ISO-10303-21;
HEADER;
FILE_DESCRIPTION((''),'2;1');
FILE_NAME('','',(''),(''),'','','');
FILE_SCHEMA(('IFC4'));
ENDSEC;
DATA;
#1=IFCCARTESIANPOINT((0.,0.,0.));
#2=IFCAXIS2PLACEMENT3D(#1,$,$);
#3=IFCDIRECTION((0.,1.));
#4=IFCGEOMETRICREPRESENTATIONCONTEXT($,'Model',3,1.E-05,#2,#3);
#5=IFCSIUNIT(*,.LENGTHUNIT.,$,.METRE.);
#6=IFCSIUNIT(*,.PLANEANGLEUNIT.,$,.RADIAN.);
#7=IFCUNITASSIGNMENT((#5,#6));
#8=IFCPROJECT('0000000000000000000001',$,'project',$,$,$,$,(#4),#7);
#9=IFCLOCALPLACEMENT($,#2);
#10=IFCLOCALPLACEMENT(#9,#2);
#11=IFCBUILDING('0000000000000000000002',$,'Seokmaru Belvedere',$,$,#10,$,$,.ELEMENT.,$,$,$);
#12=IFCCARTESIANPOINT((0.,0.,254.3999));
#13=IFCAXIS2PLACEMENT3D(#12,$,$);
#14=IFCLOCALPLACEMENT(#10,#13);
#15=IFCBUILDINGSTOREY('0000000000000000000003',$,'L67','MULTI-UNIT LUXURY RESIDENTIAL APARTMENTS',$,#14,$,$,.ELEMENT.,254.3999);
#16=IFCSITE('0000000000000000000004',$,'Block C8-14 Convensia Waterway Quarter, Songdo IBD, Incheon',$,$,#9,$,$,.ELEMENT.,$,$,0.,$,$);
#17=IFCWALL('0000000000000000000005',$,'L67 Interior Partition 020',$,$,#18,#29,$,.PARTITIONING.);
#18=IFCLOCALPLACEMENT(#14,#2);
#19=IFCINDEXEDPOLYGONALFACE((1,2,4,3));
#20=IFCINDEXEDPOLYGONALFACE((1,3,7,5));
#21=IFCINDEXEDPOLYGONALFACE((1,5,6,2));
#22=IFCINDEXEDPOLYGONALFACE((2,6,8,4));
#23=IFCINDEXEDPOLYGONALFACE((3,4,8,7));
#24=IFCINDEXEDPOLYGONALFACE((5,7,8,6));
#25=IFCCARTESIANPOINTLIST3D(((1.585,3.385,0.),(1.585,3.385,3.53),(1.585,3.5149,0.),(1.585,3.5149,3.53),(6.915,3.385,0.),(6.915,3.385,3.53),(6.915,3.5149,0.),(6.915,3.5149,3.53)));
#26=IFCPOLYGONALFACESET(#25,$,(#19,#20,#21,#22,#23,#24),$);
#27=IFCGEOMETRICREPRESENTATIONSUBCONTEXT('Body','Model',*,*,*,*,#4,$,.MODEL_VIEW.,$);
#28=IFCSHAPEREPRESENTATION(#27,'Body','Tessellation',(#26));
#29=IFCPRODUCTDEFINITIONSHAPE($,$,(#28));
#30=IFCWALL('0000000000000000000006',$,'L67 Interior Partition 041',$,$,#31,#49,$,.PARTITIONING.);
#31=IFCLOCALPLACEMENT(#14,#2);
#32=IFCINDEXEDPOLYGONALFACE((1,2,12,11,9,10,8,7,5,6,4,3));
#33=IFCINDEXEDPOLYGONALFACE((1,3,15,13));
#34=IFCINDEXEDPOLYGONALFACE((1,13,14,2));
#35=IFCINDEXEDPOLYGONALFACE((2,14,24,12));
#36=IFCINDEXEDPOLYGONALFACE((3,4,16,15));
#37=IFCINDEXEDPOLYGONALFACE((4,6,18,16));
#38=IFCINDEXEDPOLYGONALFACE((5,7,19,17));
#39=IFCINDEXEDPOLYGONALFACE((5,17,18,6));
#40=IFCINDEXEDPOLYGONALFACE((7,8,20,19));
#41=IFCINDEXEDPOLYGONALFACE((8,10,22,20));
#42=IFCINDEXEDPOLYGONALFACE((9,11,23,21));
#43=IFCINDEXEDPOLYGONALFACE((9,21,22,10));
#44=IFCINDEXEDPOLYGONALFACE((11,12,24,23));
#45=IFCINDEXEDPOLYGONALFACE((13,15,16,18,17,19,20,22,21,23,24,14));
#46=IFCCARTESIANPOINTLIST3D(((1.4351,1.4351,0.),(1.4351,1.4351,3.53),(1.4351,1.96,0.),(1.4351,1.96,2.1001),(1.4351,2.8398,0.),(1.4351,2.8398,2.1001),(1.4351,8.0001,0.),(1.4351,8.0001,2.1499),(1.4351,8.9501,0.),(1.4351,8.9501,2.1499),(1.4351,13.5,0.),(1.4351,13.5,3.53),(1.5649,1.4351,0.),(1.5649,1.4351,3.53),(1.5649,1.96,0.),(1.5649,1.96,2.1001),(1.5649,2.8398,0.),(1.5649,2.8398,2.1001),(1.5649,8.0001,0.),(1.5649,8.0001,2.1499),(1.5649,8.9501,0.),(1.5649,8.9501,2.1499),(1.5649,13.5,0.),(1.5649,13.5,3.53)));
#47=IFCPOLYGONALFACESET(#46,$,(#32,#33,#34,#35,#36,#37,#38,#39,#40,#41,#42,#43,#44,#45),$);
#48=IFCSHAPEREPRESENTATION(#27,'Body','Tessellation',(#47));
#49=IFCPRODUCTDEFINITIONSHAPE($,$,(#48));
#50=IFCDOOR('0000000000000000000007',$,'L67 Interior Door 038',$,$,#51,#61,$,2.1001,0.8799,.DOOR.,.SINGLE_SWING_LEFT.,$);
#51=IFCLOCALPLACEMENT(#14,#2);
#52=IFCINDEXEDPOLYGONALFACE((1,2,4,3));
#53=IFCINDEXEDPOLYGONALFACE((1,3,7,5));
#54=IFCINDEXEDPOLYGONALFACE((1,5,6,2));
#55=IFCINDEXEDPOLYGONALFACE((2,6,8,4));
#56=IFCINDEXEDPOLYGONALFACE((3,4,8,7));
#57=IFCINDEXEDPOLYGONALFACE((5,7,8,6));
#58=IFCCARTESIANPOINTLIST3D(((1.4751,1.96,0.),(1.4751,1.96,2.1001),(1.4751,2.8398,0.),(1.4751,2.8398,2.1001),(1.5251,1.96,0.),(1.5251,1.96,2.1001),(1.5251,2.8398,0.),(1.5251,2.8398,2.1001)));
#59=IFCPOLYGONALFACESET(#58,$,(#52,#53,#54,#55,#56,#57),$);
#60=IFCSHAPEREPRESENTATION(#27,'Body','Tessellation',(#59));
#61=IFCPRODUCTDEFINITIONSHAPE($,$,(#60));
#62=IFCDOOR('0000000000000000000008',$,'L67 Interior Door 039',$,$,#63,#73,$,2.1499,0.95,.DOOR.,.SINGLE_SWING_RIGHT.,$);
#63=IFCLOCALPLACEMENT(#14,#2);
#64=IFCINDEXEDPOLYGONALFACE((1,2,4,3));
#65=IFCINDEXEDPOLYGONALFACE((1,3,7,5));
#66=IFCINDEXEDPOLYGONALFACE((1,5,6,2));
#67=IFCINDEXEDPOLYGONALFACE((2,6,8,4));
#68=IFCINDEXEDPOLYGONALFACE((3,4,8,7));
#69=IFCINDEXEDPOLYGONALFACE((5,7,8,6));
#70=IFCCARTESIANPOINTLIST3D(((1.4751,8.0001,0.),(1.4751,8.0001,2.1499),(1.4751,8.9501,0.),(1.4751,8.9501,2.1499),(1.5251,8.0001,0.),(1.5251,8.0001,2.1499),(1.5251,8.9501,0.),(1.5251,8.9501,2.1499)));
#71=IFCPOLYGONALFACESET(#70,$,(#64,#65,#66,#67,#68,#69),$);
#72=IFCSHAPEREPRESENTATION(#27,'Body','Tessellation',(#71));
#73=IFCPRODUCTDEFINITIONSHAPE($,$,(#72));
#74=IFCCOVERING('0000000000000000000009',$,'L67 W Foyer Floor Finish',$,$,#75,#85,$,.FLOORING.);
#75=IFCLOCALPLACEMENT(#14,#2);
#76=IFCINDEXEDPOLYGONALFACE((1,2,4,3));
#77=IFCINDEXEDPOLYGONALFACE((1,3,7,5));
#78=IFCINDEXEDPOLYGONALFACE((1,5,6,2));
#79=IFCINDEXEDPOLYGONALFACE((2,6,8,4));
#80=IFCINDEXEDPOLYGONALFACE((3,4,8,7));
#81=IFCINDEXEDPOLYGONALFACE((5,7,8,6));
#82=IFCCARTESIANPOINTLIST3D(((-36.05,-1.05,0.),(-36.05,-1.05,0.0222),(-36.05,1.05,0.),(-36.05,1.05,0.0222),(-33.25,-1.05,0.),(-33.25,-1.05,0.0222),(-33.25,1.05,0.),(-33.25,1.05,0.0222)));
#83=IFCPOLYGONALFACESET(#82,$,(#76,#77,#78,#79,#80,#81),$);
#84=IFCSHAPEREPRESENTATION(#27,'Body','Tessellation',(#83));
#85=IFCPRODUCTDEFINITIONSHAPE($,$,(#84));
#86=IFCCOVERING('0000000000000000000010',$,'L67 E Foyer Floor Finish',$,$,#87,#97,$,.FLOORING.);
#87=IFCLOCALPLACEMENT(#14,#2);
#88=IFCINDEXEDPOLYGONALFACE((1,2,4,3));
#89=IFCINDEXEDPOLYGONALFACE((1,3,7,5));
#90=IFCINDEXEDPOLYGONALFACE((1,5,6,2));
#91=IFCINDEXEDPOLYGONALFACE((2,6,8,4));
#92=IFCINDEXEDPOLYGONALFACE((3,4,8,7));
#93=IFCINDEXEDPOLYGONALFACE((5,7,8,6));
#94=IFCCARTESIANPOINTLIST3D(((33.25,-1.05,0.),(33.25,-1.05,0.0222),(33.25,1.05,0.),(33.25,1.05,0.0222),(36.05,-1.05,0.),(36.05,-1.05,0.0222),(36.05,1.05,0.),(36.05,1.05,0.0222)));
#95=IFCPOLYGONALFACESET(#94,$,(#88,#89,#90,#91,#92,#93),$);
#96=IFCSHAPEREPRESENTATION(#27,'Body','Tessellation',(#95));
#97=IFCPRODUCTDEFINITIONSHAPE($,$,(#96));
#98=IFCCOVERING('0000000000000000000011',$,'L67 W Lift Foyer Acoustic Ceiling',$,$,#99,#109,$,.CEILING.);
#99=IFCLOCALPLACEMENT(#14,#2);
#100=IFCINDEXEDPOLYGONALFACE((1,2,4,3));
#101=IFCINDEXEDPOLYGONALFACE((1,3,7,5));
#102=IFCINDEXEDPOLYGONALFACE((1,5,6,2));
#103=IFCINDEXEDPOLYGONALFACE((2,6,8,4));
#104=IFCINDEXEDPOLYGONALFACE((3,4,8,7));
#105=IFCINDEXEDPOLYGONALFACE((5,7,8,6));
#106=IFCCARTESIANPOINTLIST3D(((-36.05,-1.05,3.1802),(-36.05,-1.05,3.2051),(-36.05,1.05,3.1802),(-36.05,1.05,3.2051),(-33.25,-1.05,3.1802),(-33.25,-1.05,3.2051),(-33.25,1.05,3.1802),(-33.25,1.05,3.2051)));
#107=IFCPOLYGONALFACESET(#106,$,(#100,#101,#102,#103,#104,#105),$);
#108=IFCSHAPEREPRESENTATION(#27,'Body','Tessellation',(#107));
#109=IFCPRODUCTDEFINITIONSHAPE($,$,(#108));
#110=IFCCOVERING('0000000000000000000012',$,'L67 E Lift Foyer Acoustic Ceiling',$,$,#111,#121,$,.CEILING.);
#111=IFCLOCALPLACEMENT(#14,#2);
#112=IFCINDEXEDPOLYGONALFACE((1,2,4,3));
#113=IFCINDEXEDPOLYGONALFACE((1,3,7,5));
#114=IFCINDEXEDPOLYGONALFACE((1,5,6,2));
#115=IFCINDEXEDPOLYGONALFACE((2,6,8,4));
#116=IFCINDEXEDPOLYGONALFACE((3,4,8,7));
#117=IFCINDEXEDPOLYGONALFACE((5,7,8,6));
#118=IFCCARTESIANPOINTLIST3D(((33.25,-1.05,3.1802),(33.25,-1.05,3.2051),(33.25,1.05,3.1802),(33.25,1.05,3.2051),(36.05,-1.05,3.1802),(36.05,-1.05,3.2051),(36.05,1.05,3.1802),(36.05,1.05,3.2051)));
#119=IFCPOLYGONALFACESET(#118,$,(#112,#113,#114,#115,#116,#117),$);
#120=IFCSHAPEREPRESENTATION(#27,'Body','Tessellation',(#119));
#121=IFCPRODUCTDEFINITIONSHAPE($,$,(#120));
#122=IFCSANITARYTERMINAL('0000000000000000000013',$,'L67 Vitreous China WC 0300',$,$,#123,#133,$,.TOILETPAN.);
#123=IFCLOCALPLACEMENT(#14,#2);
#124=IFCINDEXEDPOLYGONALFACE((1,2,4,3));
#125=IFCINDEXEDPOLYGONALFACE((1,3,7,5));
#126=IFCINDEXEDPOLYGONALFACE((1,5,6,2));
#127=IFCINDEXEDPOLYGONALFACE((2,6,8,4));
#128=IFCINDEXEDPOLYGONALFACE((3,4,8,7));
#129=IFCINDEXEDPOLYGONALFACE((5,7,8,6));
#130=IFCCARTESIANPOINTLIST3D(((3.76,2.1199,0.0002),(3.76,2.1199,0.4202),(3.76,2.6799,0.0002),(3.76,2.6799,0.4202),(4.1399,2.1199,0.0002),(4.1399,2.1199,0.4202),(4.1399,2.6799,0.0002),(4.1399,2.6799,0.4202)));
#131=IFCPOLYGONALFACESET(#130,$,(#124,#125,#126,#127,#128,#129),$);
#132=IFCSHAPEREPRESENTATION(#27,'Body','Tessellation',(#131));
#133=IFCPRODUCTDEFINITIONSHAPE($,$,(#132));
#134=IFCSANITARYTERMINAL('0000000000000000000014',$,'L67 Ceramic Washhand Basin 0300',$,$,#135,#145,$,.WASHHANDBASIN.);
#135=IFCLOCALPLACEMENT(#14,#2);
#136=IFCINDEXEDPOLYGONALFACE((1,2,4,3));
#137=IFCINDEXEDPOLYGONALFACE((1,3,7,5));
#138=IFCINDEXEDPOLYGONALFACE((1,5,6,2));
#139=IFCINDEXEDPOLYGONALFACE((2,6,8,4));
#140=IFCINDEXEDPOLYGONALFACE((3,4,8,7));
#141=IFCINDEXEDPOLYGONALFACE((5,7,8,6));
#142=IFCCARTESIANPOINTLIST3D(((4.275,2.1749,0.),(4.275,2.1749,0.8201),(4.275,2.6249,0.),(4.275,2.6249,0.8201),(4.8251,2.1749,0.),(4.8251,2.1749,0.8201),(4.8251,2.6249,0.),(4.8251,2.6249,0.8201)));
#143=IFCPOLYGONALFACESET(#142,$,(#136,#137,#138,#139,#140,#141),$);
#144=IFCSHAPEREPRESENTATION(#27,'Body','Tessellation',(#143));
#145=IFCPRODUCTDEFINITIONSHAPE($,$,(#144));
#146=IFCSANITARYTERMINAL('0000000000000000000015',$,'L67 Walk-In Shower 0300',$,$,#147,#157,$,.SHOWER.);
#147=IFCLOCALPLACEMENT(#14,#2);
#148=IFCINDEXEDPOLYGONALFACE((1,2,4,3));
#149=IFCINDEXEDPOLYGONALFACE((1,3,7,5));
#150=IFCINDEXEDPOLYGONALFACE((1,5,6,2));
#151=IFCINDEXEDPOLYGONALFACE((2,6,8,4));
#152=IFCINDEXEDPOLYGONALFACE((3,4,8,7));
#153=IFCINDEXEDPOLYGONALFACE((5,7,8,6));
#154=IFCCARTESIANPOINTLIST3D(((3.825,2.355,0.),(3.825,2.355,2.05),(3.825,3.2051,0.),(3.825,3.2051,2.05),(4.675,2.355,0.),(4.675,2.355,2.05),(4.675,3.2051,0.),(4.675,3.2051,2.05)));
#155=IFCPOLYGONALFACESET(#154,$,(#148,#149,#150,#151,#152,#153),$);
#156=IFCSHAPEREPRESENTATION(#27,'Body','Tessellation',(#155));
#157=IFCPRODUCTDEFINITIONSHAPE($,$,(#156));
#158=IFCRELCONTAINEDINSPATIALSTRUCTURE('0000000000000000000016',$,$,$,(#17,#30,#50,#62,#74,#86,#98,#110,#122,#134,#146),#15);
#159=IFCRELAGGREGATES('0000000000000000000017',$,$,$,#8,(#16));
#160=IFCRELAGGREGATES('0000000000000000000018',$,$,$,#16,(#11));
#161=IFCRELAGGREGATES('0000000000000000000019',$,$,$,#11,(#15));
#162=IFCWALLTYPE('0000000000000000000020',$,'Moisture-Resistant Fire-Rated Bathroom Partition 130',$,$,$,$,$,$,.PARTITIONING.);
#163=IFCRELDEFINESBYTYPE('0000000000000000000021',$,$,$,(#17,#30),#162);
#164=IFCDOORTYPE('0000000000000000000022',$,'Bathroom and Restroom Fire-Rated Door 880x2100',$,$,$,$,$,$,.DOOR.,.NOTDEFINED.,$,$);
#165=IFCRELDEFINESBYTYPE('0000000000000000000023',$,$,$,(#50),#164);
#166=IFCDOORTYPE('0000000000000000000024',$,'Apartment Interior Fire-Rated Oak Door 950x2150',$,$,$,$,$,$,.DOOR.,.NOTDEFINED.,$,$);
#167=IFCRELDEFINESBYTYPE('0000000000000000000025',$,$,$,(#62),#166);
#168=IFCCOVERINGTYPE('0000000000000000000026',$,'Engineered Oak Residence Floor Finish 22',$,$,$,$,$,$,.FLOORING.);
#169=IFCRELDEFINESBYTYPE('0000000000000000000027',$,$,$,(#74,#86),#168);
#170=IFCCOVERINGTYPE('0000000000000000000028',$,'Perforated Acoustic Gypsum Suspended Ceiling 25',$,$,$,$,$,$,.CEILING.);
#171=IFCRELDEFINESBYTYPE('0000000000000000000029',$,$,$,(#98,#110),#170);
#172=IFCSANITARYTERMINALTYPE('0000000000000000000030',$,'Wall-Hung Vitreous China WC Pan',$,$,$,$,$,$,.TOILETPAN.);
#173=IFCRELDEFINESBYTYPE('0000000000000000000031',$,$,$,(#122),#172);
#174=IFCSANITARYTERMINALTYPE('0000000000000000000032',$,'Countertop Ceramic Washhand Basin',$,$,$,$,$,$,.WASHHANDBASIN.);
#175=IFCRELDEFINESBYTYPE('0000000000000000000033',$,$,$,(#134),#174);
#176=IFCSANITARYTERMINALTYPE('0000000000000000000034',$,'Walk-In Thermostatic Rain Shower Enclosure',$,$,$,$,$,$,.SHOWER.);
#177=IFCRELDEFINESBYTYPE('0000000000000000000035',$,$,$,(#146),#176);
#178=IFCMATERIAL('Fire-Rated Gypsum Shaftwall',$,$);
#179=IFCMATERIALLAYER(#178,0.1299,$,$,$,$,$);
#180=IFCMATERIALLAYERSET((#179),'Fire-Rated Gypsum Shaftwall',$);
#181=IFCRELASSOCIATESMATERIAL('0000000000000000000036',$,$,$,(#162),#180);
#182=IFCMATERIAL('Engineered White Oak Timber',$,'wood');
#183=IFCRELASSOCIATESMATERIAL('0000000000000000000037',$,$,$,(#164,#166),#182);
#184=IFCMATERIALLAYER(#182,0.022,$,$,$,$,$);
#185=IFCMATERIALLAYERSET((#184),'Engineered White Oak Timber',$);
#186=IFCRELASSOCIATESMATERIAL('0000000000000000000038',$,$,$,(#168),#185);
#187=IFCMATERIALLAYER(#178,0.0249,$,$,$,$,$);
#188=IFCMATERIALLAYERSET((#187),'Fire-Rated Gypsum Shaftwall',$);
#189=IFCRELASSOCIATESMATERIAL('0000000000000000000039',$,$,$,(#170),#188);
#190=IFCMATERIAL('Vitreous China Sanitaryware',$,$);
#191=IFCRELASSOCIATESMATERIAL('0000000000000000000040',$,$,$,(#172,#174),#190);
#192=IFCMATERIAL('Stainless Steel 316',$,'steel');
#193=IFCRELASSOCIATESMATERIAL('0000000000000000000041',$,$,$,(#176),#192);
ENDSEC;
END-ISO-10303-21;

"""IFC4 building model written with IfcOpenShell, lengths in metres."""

from ifc_helpers import new_model, si_unit, direction, frame, frame_2d, origin, origin_2d, place, context, subcontext, project, spatial, polyline, rectangle, outline, extrude, source, transform, mapped, material, layer, layer_set, type_object, type_shapes, element, fill, save


model = new_model("IFC4")

# Units and contexts
model_context = context("Model", 3, precision=1e-05, world=origin(), true_north=direction((0.0, 1.0)))
body_context = subcontext(model_context, "Body", "Model", "MODEL_VIEW")
ifc_project = project(units=[si_unit("LENGTHUNIT", "METRE"), si_unit("PLANEANGLEUNIT", "RADIAN")], contexts=[model_context])

# Site, building, storey
site_placement = place(None, origin())
site = spatial("IfcSite", under=ifc_project, at=site_placement, Name="Block C8-14 Convensia Waterway Quarter, Songdo IBD, Incheon", CompositionType="ELEMENT", RefElevation=0.0)
building_placement = place(site_placement, origin())
building = spatial("IfcBuilding", under=site, at=building_placement, Name="Seokmaru Belvedere", CompositionType="ELEMENT")
storey_placement = place(building_placement, frame((0.0, 0.0, 254.3999)))
storey = spatial("IfcBuildingStorey", under=building, at=storey_placement, Name="L67", Description="MULTI-UNIT LUXURY RESIDENTIAL APARTMENTS", CompositionType="ELEMENT", Elevation=254.3999)

# Wall
ifc_material_1 = material(Name="Fire-Rated Gypsum Shaftwall")
ifc_layer_1 = layer(ifc_material_1, 0.1299)
ifc_layer_set_1 = layer_set([ifc_layer_1], Name="Fire-Rated Gypsum Shaftwall")
wall_type_1 = type_object("IfcWallType", Name="Moisture-Resistant Fire-Rated Bathroom Partition 130", PredefinedType="PARTITIONING", material=ifc_layer_set_1)
wall_1_placement = place(storey_placement, frame((1.585, 3.45, 0.0), z_axis=(0.0, 0.0, 1.0), x_axis=(1.0, 0.0, 0.0)))
element("IfcWall", 1, at=wall_1_placement, inside=storey, type_object=wall_type_1, Name="L67 Interior Partition 020", PredefinedType="PARTITIONING", context=body_context, shape_type="SweptSolid", body=[
    extrude(rectangle(XDim=5.3301, YDim=0.1299, at=frame_2d((2.665, 0.0))), origin(), (0.0, 0.0, 1.0), 3.53),
])

# Wall, openings, doors
wall_2_placement = place(storey_placement, frame((1.5, 1.4351, 0.0), z_axis=(0.0, 0.0, 1.0), x_axis=(0.0, 1.0, 0.0)))
wall_2 = element("IfcWall", 2, at=wall_2_placement, inside=storey, type_object=wall_type_1, Name="L67 Interior Partition 041", PredefinedType="PARTITIONING", context=body_context, shape_type="SweptSolid", body=[
    extrude(rectangle(XDim=12.0649, YDim=0.1299, at=frame_2d((6.0325, 0.0))), origin(), (0.0, 0.0, 1.0), 3.53),
])
opening_1_placement = place(wall_2_placement, frame((0.5249, 0.0, 0.0)))
opening_1 = element("IfcOpeningElement", 3, at=opening_1_placement, cuts=wall_2, PredefinedType="OPENING", context=body_context, shape_type="SweptSolid", body=[
    extrude(rectangle(XDim=0.8799, YDim=2.1001, at=frame_2d((0.4399, 1.05))), frame((0.0, 0.075, 0.0), z_axis=(0.0, -1.0, 0.0), x_axis=(1.0, 0.0, 0.0)), (0.0, 0.0, 1.0), 0.1499),
])
opening_2_placement = place(wall_2_placement, frame((6.5649, 0.0, 0.0)))
opening_2 = element("IfcOpeningElement", 4, at=opening_2_placement, cuts=wall_2, PredefinedType="OPENING", context=body_context, shape_type="SweptSolid", body=[
    extrude(rectangle(XDim=0.95, YDim=2.1499, at=frame_2d((0.4751, 1.075))), frame((0.0, 0.075, 0.0), z_axis=(0.0, -1.0, 0.0), x_axis=(1.0, 0.0, 0.0)), (0.0, 0.0, 1.0), 0.1499),
])
ifc_material_2 = material(Name="Engineered White Oak Timber", Category="wood")
door_type_1 = type_object("IfcDoorType", Name="Bathroom and Restroom Fire-Rated Door 880x2100", OperationType="NOTDEFINED", PredefinedType="DOOR", material=ifc_material_2)
shared_shape_1 = source(origin(), body_context, "Body", "SweptSolid", [
    extrude(rectangle(XDim=0.8799, YDim=2.1001, at=frame_2d((0.4399, 1.05))), frame((0.0, 0.0249, 0.0), z_axis=(0.0, -1.0, 0.0), x_axis=(1.0, 0.0, 0.0)), (0.0, 0.0, 1.0), 0.05),
])
type_shapes(door_type_1, [shared_shape_1])
door_1_placement = place(opening_1_placement, origin())
door_1 = element("IfcDoor", 5, at=door_1_placement, inside=storey, type_object=door_type_1, Name="L67 Interior Door 038", OperationType="SINGLE_SWING_LEFT", OverallHeight=2.1001, OverallWidth=0.8799, PredefinedType="DOOR", context=body_context, shape_type="MappedRepresentation", body=[
    mapped(shared_shape_1, transform((0.0, 0.0, 0.0), scale=1.0)),
])
fill(opening_1, door_1)
door_type_2 = type_object("IfcDoorType", Name="Apartment Interior Fire-Rated Oak Door 950x2150", OperationType="NOTDEFINED", PredefinedType="DOOR", material=ifc_material_2)
shared_shape_2 = source(origin(), body_context, "Body", "SweptSolid", [
    extrude(rectangle(XDim=0.95, YDim=2.1499, at=frame_2d((0.4751, 1.075))), frame((0.0, 0.0249, 0.0), z_axis=(0.0, -1.0, 0.0), x_axis=(1.0, 0.0, 0.0)), (0.0, 0.0, 1.0), 0.05),
])
type_shapes(door_type_2, [shared_shape_2])
door_2_placement = place(opening_2_placement, origin())
door_2 = element("IfcDoor", 6, at=door_2_placement, inside=storey, type_object=door_type_2, Name="L67 Interior Door 039", OperationType="SINGLE_SWING_RIGHT", OverallHeight=2.1499, OverallWidth=0.95, PredefinedType="DOOR", context=body_context, shape_type="MappedRepresentation", body=[
    mapped(shared_shape_2, transform((0.0, 0.0, 0.0), scale=1.0)),
])
fill(opening_2, door_2)

# Coverings
ifc_layer_2 = layer(ifc_material_2, 0.022)
ifc_layer_set_2 = layer_set([ifc_layer_2], Name="Engineered White Oak Timber")
covering_type_1 = type_object("IfcCoveringType", Name="Engineered Oak Residence Floor Finish 22", PredefinedType="FLOORING", material=ifc_layer_set_2)
covering_1_placement = place(storey_placement, origin())
element("IfcCovering", 7, at=covering_1_placement, inside=storey, type_object=covering_type_1, Name="L67 W Foyer Floor Finish", PredefinedType="FLOORING", context=body_context, shape_type="SweptSolid", body=[
    extrude(outline(polyline([(-36.05, -1.05), (-33.25, -1.05), (-33.25, 1.05), (-36.05, 1.05), (-36.05, -1.05)])), origin(), (0.0, 0.0, 1.0), 0.0222),
])
covering_2_placement = place(storey_placement, origin())
element("IfcCovering", 8, at=covering_2_placement, inside=storey, type_object=covering_type_1, Name="L67 E Foyer Floor Finish", PredefinedType="FLOORING", context=body_context, shape_type="SweptSolid", body=[
    extrude(outline(polyline([(33.25, -1.05), (36.05, -1.05), (36.05, 1.05), (33.25, 1.05), (33.25, -1.05)])), origin(), (0.0, 0.0, 1.0), 0.0222),
])
ifc_layer_3 = layer(ifc_material_1, 0.0249)
ifc_layer_set_3 = layer_set([ifc_layer_3], Name="Fire-Rated Gypsum Shaftwall")
covering_type_2 = type_object("IfcCoveringType", Name="Perforated Acoustic Gypsum Suspended Ceiling 25", PredefinedType="CEILING", material=ifc_layer_set_3)
covering_3_placement = place(storey_placement, frame((0.0, 0.0, 3.1802)))
element("IfcCovering", 9, at=covering_3_placement, inside=storey, type_object=covering_type_2, Name="L67 W Lift Foyer Acoustic Ceiling", PredefinedType="CEILING", context=body_context, shape_type="SweptSolid", body=[
    extrude(outline(polyline([(-36.05, -1.05), (-33.25, -1.05), (-33.25, 1.05), (-36.05, 1.05), (-36.05, -1.05)])), origin(), (0.0, 0.0, 1.0), 0.0249),
])
covering_4_placement = place(storey_placement, frame((0.0, 0.0, 3.1802)))
element("IfcCovering", 10, at=covering_4_placement, inside=storey, type_object=covering_type_2, Name="L67 E Lift Foyer Acoustic Ceiling", PredefinedType="CEILING", context=body_context, shape_type="SweptSolid", body=[
    extrude(outline(polyline([(33.25, -1.05), (36.05, -1.05), (36.05, 1.05), (33.25, 1.05), (33.25, -1.05)])), origin(), (0.0, 0.0, 1.0), 0.0249),
])

# Sanitary terminals
ifc_material_3 = material(Name="Vitreous China Sanitaryware")
sanitary_terminal_type_1 = type_object("IfcSanitaryTerminalType", Name="Wall-Hung Vitreous China WC Pan", PredefinedType="TOILETPAN", material=ifc_material_3)
shared_shape_3 = source(origin(), body_context, "Body", "SweptSolid", [
    extrude(rectangle(XDim=0.3799, YDim=0.5601, at=origin_2d()), origin(), (0.0, 0.0, 1.0), 0.4199),
])
type_shapes(sanitary_terminal_type_1, [shared_shape_3])
sanitary_terminal_1_placement = place(storey_placement, frame((3.95, 2.3999, 0.0002), z_axis=(0.0, 0.0, 1.0), x_axis=(1.0, 0.0, 0.0)))
element("IfcSanitaryTerminal", 11, at=sanitary_terminal_1_placement, inside=storey, type_object=sanitary_terminal_type_1, Name="L67 Vitreous China WC 0300", PredefinedType="TOILETPAN", context=body_context, shape_type="MappedRepresentation", body=[
    mapped(shared_shape_3, transform((0.0, 0.0, 0.0), scale=1.0)),
])
sanitary_terminal_type_2 = type_object("IfcSanitaryTerminalType", Name="Countertop Ceramic Washhand Basin", PredefinedType="WASHHANDBASIN", material=ifc_material_3)
shared_shape_4 = source(origin(), body_context, "Body", "SweptSolid", [
    extrude(rectangle(XDim=0.55, YDim=0.45, at=origin_2d()), origin(), (0.0, 0.0, 1.0), 0.8201),
])
type_shapes(sanitary_terminal_type_2, [shared_shape_4])
sanitary_terminal_2_placement = place(storey_placement, frame((4.55, 2.3999, 0.0), z_axis=(0.0, 0.0, 1.0), x_axis=(1.0, 0.0, 0.0)))
element("IfcSanitaryTerminal", 12, at=sanitary_terminal_2_placement, inside=storey, type_object=sanitary_terminal_type_2, Name="L67 Ceramic Washhand Basin 0300", PredefinedType="WASHHANDBASIN", context=body_context, shape_type="MappedRepresentation", body=[
    mapped(shared_shape_4, transform((0.0, 0.0, 0.0), scale=1.0)),
])
ifc_material_4 = material(Name="Stainless Steel 316", Category="steel")
sanitary_terminal_type_3 = type_object("IfcSanitaryTerminalType", Name="Walk-In Thermostatic Rain Shower Enclosure", PredefinedType="SHOWER", material=ifc_material_4)
shared_shape_5 = source(origin(), body_context, "Body", "SweptSolid", [
    extrude(rectangle(XDim=0.8501, YDim=0.8501, at=origin_2d()), origin(), (0.0, 0.0, 1.0), 2.05),
])
type_shapes(sanitary_terminal_type_3, [shared_shape_5])
sanitary_terminal_3_placement = place(storey_placement, frame((4.25, 2.78, 0.0), z_axis=(0.0, 0.0, 1.0), x_axis=(1.0, 0.0, 0.0)))
element("IfcSanitaryTerminal", 13, at=sanitary_terminal_3_placement, inside=storey, type_object=sanitary_terminal_type_3, Name="L67 Walk-In Shower 0300", PredefinedType="SHOWER", context=body_context, shape_type="MappedRepresentation", body=[
    mapped(shared_shape_5, transform((0.0, 0.0, 0.0), scale=1.0)),
])

save(model, "model.ifc")
